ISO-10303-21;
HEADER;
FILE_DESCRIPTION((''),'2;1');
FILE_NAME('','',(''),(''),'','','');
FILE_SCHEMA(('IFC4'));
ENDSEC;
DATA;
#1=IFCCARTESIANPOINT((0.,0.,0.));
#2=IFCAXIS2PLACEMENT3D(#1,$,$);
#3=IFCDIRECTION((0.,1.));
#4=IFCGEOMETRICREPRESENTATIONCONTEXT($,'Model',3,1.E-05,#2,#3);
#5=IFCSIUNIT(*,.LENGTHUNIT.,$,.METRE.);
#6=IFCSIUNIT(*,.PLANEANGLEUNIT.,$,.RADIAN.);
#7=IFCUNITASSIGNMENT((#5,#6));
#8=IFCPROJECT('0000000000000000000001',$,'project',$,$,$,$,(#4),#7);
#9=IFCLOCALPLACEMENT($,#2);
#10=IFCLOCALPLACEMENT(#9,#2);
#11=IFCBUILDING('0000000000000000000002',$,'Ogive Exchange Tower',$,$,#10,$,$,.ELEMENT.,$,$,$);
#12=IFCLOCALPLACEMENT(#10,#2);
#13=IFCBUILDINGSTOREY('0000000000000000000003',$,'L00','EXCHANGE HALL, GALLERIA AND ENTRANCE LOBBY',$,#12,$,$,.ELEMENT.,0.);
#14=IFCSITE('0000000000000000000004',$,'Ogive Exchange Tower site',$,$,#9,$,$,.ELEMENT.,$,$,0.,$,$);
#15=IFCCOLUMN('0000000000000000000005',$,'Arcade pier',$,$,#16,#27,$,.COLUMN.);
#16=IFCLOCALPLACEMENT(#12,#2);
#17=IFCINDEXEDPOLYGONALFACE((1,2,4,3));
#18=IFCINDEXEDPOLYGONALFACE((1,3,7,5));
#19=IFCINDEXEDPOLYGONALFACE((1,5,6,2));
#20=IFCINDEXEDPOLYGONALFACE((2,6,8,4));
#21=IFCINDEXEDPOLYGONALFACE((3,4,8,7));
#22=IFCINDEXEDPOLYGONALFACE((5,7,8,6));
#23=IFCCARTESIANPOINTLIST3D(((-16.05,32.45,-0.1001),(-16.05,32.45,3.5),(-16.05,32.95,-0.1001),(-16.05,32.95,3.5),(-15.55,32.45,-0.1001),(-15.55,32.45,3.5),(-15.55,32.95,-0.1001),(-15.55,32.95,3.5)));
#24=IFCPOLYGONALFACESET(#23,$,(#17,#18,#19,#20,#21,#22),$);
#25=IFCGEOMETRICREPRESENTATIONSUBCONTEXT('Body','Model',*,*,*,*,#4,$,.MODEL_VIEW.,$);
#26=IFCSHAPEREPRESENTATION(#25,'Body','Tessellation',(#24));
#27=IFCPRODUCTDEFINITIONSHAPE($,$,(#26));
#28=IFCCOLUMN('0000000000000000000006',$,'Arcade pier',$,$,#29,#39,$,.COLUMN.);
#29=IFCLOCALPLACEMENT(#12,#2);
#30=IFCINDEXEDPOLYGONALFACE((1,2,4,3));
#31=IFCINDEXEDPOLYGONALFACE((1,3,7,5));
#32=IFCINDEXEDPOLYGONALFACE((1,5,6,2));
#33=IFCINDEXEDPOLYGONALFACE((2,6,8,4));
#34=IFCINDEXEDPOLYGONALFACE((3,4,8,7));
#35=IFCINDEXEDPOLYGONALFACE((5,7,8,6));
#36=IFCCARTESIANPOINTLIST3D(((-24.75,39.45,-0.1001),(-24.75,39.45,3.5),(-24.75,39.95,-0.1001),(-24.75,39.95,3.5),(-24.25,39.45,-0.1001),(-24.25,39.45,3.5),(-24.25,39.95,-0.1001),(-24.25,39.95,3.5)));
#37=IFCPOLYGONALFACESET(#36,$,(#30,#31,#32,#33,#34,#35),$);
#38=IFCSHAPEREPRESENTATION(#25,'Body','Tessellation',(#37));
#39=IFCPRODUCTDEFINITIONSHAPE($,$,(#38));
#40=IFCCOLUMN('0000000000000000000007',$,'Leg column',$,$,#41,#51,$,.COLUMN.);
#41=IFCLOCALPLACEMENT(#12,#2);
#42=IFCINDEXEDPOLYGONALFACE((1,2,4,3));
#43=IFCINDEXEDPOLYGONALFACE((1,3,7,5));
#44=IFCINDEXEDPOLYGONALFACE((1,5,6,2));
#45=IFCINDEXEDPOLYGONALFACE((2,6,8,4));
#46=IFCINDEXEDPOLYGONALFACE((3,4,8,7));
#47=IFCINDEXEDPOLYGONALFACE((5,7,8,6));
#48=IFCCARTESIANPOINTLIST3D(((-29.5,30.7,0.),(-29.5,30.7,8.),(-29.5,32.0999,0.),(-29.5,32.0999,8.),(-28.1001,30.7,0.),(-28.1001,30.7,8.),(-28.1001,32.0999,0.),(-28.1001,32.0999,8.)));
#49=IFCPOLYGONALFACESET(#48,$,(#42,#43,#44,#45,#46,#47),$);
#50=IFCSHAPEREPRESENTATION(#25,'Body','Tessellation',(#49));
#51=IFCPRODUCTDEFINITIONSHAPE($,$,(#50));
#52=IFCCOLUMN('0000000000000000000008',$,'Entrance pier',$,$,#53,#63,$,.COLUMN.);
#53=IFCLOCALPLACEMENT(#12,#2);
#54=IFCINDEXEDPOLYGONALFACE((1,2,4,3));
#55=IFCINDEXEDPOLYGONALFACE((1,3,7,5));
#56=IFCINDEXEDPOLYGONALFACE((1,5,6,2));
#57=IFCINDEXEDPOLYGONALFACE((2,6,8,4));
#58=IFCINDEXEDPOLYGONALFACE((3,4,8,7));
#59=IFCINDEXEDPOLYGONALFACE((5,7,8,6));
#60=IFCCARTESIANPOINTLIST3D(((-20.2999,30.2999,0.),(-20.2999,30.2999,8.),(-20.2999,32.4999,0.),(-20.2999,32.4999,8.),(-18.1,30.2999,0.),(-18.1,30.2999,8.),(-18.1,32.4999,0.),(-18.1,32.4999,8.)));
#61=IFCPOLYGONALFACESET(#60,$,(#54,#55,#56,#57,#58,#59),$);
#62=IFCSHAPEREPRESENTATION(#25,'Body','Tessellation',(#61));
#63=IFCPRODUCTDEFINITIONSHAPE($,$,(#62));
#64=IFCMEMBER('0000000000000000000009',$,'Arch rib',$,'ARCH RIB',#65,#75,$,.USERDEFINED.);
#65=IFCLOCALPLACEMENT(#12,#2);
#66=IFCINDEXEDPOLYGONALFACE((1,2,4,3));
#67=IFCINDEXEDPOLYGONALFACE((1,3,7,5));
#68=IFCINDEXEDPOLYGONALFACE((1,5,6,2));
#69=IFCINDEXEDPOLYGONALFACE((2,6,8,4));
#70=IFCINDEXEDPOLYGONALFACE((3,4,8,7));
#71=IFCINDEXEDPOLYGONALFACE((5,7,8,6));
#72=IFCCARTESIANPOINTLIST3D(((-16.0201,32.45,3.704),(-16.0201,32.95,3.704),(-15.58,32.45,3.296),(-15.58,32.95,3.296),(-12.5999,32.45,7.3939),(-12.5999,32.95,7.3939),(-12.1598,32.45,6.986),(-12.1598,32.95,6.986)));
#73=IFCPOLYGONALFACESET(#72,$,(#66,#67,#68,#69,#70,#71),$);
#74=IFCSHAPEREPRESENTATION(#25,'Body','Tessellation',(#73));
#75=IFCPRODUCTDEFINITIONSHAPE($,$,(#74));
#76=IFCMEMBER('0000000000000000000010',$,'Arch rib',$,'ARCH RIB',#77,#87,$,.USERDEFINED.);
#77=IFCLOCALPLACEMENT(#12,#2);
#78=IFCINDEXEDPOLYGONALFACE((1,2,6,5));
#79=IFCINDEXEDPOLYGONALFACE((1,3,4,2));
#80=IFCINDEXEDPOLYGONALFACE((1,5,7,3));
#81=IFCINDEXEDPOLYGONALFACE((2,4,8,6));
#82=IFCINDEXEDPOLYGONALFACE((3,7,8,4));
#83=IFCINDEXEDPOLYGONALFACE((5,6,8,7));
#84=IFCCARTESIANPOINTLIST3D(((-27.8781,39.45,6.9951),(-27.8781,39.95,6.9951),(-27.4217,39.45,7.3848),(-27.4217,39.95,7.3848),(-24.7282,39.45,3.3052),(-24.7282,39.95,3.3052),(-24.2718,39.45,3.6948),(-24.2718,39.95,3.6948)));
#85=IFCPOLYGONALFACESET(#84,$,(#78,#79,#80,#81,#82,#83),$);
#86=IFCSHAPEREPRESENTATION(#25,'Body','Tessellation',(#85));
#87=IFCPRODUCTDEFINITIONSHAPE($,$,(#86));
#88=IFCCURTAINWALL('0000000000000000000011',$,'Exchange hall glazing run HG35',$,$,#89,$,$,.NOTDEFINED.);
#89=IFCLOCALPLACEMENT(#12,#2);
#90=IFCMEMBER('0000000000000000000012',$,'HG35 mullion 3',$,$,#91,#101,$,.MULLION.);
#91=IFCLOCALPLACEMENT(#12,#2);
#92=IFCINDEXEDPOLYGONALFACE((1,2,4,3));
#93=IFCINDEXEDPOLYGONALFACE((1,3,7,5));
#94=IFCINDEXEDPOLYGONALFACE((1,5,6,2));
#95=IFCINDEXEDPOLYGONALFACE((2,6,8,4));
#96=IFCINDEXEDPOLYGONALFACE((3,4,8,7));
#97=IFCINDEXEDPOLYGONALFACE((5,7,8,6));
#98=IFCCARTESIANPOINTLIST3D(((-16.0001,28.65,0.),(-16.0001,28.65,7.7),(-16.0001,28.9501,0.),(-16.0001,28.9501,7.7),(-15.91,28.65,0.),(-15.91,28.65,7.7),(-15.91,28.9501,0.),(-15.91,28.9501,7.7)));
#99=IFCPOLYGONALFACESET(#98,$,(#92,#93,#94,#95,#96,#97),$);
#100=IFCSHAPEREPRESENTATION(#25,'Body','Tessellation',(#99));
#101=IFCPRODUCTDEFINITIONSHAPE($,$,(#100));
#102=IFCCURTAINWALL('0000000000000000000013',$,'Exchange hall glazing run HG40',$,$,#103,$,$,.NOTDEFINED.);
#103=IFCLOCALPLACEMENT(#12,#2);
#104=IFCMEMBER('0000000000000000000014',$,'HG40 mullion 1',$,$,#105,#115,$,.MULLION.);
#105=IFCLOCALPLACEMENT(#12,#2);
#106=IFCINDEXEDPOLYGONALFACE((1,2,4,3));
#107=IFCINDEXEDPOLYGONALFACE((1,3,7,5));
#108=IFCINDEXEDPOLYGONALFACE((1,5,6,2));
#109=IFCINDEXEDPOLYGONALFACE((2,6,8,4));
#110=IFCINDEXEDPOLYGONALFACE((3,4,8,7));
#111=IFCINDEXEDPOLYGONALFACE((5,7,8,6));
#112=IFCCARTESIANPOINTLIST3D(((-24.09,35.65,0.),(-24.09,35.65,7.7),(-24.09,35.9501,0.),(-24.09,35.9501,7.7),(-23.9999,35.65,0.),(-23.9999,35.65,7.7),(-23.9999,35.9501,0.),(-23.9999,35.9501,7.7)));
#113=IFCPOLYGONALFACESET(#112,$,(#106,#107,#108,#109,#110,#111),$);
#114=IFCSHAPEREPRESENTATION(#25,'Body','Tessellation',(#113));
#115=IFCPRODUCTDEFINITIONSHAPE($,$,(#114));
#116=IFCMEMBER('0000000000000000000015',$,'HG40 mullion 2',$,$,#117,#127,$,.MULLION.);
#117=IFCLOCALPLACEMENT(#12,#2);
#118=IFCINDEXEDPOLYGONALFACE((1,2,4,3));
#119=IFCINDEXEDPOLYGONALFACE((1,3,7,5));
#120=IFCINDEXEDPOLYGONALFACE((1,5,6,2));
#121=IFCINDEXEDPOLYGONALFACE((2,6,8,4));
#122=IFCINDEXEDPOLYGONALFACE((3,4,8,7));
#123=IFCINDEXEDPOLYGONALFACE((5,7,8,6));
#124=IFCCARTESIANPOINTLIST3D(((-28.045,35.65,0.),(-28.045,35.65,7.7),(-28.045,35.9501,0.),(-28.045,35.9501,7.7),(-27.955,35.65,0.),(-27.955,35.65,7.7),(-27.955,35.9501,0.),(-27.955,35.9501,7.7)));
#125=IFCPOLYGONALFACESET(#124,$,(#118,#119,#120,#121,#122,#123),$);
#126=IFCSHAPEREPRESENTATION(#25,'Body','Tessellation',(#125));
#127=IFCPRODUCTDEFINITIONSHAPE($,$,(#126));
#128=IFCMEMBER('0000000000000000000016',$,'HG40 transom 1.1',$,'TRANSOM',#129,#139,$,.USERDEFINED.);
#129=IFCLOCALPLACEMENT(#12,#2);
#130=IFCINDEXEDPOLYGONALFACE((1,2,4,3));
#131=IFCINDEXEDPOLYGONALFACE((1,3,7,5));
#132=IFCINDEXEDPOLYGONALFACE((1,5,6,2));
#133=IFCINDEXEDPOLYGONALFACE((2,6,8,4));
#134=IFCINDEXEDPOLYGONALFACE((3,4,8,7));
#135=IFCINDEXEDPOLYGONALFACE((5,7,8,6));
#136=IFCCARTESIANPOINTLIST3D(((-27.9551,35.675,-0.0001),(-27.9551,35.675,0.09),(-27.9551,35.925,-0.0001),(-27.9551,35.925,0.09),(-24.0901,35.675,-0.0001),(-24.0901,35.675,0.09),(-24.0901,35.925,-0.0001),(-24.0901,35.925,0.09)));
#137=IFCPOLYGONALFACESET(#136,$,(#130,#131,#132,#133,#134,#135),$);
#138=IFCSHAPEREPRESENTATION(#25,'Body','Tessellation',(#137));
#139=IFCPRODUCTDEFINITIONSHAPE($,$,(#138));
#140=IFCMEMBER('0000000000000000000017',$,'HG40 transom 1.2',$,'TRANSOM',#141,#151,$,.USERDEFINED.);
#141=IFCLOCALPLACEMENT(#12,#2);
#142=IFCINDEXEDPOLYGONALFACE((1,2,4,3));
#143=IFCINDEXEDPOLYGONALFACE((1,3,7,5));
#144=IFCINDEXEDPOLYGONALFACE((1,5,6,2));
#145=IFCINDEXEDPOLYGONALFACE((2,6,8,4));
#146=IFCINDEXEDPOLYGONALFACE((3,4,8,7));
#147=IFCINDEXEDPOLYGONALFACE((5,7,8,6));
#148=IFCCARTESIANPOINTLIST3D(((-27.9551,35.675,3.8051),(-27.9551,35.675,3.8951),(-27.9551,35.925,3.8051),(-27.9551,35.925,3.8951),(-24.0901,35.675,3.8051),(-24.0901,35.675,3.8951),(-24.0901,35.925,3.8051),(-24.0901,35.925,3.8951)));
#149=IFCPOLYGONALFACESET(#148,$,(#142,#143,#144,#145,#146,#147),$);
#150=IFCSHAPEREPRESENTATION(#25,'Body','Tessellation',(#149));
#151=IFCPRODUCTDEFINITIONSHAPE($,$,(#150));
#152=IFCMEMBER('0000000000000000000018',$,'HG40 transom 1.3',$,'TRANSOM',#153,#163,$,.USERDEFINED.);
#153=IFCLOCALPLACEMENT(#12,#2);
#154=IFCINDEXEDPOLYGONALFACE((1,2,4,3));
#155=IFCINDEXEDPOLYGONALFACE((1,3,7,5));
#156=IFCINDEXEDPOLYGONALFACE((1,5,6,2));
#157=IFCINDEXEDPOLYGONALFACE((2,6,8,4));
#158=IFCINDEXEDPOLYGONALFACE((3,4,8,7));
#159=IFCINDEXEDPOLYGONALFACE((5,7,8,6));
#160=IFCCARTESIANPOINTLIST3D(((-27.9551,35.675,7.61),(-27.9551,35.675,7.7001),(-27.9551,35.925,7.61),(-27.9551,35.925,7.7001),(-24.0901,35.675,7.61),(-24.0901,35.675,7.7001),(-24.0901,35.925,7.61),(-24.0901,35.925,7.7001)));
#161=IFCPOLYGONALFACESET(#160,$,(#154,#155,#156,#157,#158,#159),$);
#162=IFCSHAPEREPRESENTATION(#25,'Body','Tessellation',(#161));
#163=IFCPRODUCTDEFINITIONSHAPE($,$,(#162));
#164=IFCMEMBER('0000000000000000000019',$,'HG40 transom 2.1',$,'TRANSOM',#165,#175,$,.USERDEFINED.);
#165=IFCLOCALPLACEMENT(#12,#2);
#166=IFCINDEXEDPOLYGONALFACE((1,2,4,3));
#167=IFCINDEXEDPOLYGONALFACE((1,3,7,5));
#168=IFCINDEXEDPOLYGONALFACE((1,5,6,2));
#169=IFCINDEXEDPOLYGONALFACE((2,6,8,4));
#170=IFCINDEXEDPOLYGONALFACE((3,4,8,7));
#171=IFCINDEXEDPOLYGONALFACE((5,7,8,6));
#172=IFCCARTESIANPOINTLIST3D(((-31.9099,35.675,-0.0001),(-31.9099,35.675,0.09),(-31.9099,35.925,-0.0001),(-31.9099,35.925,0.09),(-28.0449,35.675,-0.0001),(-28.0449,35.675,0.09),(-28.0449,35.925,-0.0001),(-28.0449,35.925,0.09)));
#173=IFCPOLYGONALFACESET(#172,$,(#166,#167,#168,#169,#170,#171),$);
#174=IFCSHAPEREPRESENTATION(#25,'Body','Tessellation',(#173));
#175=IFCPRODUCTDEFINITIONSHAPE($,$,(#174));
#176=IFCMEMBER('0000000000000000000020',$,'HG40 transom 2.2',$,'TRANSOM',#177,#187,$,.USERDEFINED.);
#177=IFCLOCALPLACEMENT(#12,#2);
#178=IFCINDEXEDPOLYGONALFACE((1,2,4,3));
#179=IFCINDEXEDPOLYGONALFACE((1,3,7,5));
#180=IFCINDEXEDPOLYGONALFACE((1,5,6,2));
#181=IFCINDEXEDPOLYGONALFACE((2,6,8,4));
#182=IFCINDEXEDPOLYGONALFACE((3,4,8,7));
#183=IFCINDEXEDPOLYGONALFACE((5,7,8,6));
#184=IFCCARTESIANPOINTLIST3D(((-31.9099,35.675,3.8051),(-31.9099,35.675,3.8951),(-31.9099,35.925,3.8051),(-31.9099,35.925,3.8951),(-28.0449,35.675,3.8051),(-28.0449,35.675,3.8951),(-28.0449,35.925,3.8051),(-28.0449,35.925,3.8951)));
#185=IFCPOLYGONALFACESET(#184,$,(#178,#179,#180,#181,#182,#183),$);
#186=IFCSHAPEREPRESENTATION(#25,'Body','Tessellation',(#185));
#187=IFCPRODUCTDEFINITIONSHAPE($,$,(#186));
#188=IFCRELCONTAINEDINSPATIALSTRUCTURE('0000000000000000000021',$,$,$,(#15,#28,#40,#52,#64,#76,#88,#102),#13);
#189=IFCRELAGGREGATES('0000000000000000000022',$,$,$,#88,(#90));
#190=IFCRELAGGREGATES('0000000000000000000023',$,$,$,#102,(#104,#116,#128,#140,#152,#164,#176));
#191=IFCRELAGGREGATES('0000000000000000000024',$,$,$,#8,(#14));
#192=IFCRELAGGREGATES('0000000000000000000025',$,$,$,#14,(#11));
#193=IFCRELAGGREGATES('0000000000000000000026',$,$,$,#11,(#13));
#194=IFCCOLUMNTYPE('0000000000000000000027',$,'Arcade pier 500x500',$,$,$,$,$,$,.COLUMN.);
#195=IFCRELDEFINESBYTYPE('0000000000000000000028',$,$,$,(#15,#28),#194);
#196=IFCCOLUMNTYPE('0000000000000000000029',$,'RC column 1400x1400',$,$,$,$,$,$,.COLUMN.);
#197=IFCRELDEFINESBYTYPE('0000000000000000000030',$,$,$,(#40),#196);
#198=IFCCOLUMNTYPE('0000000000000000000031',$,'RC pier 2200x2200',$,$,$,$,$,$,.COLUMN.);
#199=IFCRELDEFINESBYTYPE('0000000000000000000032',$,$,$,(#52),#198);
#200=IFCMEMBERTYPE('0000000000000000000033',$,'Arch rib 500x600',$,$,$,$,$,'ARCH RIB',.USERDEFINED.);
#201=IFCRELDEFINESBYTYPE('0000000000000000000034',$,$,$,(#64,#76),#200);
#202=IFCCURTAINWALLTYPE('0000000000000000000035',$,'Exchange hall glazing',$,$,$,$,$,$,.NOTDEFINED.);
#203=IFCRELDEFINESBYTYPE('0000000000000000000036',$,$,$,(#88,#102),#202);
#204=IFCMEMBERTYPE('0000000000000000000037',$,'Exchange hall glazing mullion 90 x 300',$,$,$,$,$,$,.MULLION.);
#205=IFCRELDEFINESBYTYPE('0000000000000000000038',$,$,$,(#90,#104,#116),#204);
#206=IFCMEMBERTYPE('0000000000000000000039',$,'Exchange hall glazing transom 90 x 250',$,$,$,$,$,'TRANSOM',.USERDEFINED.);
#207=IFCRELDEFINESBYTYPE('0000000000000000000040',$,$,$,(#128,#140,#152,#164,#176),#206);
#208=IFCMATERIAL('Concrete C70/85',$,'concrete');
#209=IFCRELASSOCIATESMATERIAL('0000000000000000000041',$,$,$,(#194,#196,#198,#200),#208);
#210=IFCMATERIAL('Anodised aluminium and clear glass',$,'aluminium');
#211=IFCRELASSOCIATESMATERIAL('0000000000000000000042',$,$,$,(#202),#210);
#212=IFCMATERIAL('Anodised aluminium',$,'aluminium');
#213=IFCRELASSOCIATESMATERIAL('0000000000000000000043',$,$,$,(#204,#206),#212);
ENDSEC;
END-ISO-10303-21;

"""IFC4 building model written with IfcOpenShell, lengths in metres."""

from ifc_helpers import new_model, si_unit, direction, frame, origin, origin_2d, place, context, subcontext, project, spatial, rectangle, extrude, material, material_profile, profile_set, type_object, element, aggregate, save


model = new_model("IFC4")

# Units and contexts
model_context = context("Model", 3, precision=1e-05, world=origin(), true_north=direction((0.0, 1.0)))
body_context = subcontext(model_context, "Body", "Model", "MODEL_VIEW")
ifc_project = project(units=[si_unit("LENGTHUNIT", "METRE"), si_unit("PLANEANGLEUNIT", "RADIAN")], contexts=[model_context])

# Site, building, storey
site_placement = place(None, origin())
site = spatial("IfcSite", under=ifc_project, at=site_placement, Name="Ogive Exchange Tower site", CompositionType="ELEMENT", RefElevation=0.0)
building_placement = place(site_placement, origin())
building = spatial("IfcBuilding", under=site, at=building_placement, Name="Ogive Exchange Tower", CompositionType="ELEMENT")
storey_placement = place(building_placement, origin())
storey = spatial("IfcBuildingStorey", under=building, at=storey_placement, Name="L00", Description="EXCHANGE HALL, GALLERIA AND ENTRANCE LOBBY", CompositionType="ELEMENT", Elevation=0.0)

# Columns
ifc_material_1 = material(Name="Concrete C70/85", Category="concrete")
ifc_material_profile_1 = material_profile(ifc_material_1, rectangle(XDim=0.5, YDim=0.5, at=origin_2d()), Name="RC 500x500")
ifc_profile_set_1 = profile_set([ifc_material_profile_1], Name="Concrete C70/85")
column_type_1 = type_object("IfcColumnType", Name="Arcade pier 500x500", PredefinedType="COLUMN", material=ifc_profile_set_1)
for number, where, z_axis, x_axis, name in (
    (1, (-15.8, 32.7, -0.1001), (0.0, 0.0, 1.0), (1.0, 0.0, 0.0), "Arcade pier"),
    (2, (-24.5, 39.7, -0.1001), (0.0, 0.0, 1.0), (1.0, 0.0, 0.0), "Arcade pier"),
):
    element("IfcColumn", number, at=place(storey_placement, frame(where, z_axis=z_axis, x_axis=x_axis)), inside=storey, type_object=column_type_1, Name=name, PredefinedType="COLUMN", context=body_context, shape_type="SweptSolid", body=[
        extrude(rectangle(XDim=0.5, YDim=0.5, at=origin_2d()), origin(), (0.0, 0.0, 1.0), 3.6001),
    ])
ifc_material_profile_2 = material_profile(ifc_material_1, rectangle(XDim=1.3999, YDim=1.3999, at=origin_2d()), Name="RC 1400x1400")
ifc_profile_set_2 = profile_set([ifc_material_profile_2], Name="Concrete C70/85")
column_type_2 = type_object("IfcColumnType", Name="RC column 1400x1400", PredefinedType="COLUMN", material=ifc_profile_set_2)
column_1_placement = place(storey_placement, frame((-28.8, 31.3999, 0.0), z_axis=(0.0, 0.0, 1.0), x_axis=(1.0, 0.0, 0.0)))
element("IfcColumn", 3, at=column_1_placement, inside=storey, type_object=column_type_2, Name="Leg column", PredefinedType="COLUMN", context=body_context, shape_type="SweptSolid", body=[
    extrude(rectangle(XDim=1.3999, YDim=1.3999, at=origin_2d()), origin(), (0.0, 0.0, 1.0), 8.0),
])
ifc_material_profile_3 = material_profile(ifc_material_1, rectangle(XDim=2.2, YDim=2.2, at=origin_2d()), Name="RC 2200x2200")
ifc_profile_set_3 = profile_set([ifc_material_profile_3], Name="Concrete C70/85")
column_type_3 = type_object("IfcColumnType", Name="RC pier 2200x2200", PredefinedType="COLUMN", material=ifc_profile_set_3)
column_2_placement = place(storey_placement, frame((-19.2, 31.3999, 0.0), z_axis=(0.0, 0.0, 1.0), x_axis=(1.0, 0.0, 0.0)))
element("IfcColumn", 4, at=column_2_placement, inside=storey, type_object=column_type_3, Name="Entrance pier", PredefinedType="COLUMN", context=body_context, shape_type="SweptSolid", body=[
    extrude(rectangle(XDim=2.2, YDim=2.2, at=origin_2d()), origin(), (0.0, 0.0, 1.0), 8.0),
])

# Members
ifc_material_profile_4 = material_profile(ifc_material_1, rectangle(XDim=0.5, YDim=0.6001, at=origin_2d()), Name="PC 500x600")
ifc_profile_set_4 = profile_set([ifc_material_profile_4], Name="Concrete C70/85")
member_type_1 = type_object("IfcMemberType", Name="Arch rib 500x600", ElementType="ARCH RIB", PredefinedType="USERDEFINED", material=ifc_profile_set_4)
member_1_placement = place(storey_placement, frame((-15.8, 32.7, 3.5), z_axis=(0.679788, 0.0, 0.733408), x_axis=(0.0, 1.0, 0.0)))
element("IfcMember", 5, at=member_1_placement, inside=storey, type_object=member_type_1, Name="Arch rib", ObjectType="ARCH RIB", PredefinedType="USERDEFINED", context=body_context, shape_type="SweptSolid", body=[
    extrude(rectangle(XDim=0.5, YDim=0.6001, at=origin_2d()), origin(), (0.0, 0.0, 1.0), 5.0312),
])
member_2_placement = place(storey_placement, frame((-24.5, 39.7, 3.5), z_axis=(-0.649257, 0.0, 0.760569), x_axis=(0.0, -1.0, 0.0)))
element("IfcMember", 6, at=member_2_placement, inside=storey, type_object=member_type_1, Name="Arch rib", ObjectType="ARCH RIB", PredefinedType="USERDEFINED", context=body_context, shape_type="SweptSolid", body=[
    extrude(rectangle(XDim=0.5, YDim=0.6001, at=origin_2d()), origin(), (0.0, 0.0, 1.0), 4.8516),
])

# Curtain wall, member
ifc_material_2 = material(Name="Anodised aluminium and clear glass", Category="aluminium")
curtain_wall_type = type_object("IfcCurtainWallType", Name="Exchange hall glazing", PredefinedType="NOTDEFINED", material=ifc_material_2)
curtain_wall_1_placement = place(storey_placement, origin())
curtain_wall_1 = element("IfcCurtainWall", 7, at=curtain_wall_1_placement, inside=storey, type_object=curtain_wall_type, Name="Exchange hall glazing run HG35", PredefinedType="NOTDEFINED")
ifc_material_3 = material(Name="Anodised aluminium", Category="aluminium")
ifc_material_profile_5 = material_profile(ifc_material_3, rectangle(XDim=0.3, YDim=0.0901, at=origin_2d()), Name="AL 90x300")
ifc_profile_set_5 = profile_set([ifc_material_profile_5], Name="Anodised aluminium")
member_type_2 = type_object("IfcMemberType", Name="Exchange hall glazing mullion 90 x 300", PredefinedType="MULLION", material=ifc_profile_set_5)
member_3_placement = place(storey_placement, frame((-15.9551, 28.8, 0.0), z_axis=(0.0, 0.0, 1.0), x_axis=(0.0, -1.0, 0.0)))
member_3 = element("IfcMember", 8, at=member_3_placement, type_object=member_type_2, Name="HG35 mullion 3", PredefinedType="MULLION", context=body_context, shape_type="SweptSolid", body=[
    extrude(rectangle(XDim=0.3, YDim=0.0901, at=origin_2d()), origin(), (0.0, 0.0, 1.0), 7.7),
])
aggregate(curtain_wall_1, [member_3])

# Curtain wall, members
curtain_wall_2_placement = place(storey_placement, origin())
curtain_wall_2 = element("IfcCurtainWall", 9, at=curtain_wall_2_placement, inside=storey, type_object=curtain_wall_type, Name="Exchange hall glazing run HG40", PredefinedType="NOTDEFINED")
member_4_placement = place(storey_placement, frame((-24.0449, 35.8, 0.0), z_axis=(0.0, 0.0, 1.0), x_axis=(0.0, -1.0, 0.0)))
member_4 = element("IfcMember", 10, at=member_4_placement, type_object=member_type_2, Name="HG40 mullion 1", PredefinedType="MULLION", context=body_context, shape_type="SweptSolid", body=[
    extrude(rectangle(XDim=0.3, YDim=0.0901, at=origin_2d()), origin(), (0.0, 0.0, 1.0), 7.7),
])
member_5_placement = place(storey_placement, frame((-28.0, 35.8, 0.0), z_axis=(0.0, 0.0, 1.0), x_axis=(0.0, -1.0, 0.0)))
member_5 = element("IfcMember", 11, at=member_5_placement, type_object=member_type_2, Name="HG40 mullion 2", PredefinedType="MULLION", context=body_context, shape_type="SweptSolid", body=[
    extrude(rectangle(XDim=0.3, YDim=0.0901, at=origin_2d()), origin(), (0.0, 0.0, 1.0), 7.7),
])
ifc_material_profile_6 = material_profile(ifc_material_3, rectangle(XDim=0.25, YDim=0.0901, at=origin_2d()), Name="AL 90x250")
ifc_profile_set_6 = profile_set([ifc_material_profile_6], Name="Anodised aluminium")
member_type_3 = type_object("IfcMemberType", Name="Exchange hall glazing transom 90 x 250", ElementType="TRANSOM", PredefinedType="USERDEFINED", material=ifc_profile_set_6)
member_6_placement = place(storey_placement, frame((-24.0901, 35.8, 0.0449), z_axis=(-1.0, 0.0, 0.0), x_axis=(0.0, -1.0, 0.0)))
member_6 = element("IfcMember", 12, at=member_6_placement, type_object=member_type_3, Name="HG40 transom 1.1", ObjectType="TRANSOM", PredefinedType="USERDEFINED", context=body_context, shape_type="SweptSolid", body=[
    extrude(rectangle(XDim=0.25, YDim=0.0901, at=origin_2d()), origin(), (0.0, 0.0, 1.0), 3.865),
])
member_7_placement = place(storey_placement, frame((-24.0901, 35.8, 3.8501), z_axis=(-1.0, 0.0, 0.0), x_axis=(0.0, -1.0, 0.0)))
member_7 = element("IfcMember", 13, at=member_7_placement, type_object=member_type_3, Name="HG40 transom 1.2", ObjectType="TRANSOM", PredefinedType="USERDEFINED", context=body_context, shape_type="SweptSolid", body=[
    extrude(rectangle(XDim=0.25, YDim=0.0901, at=origin_2d()), origin(), (0.0, 0.0, 1.0), 3.865),
])
member_8_placement = place(storey_placement, frame((-24.0901, 35.8, 7.655), z_axis=(-1.0, 0.0, 0.0), x_axis=(0.0, -1.0, 0.0)))
member_8 = element("IfcMember", 14, at=member_8_placement, type_object=member_type_3, Name="HG40 transom 1.3", ObjectType="TRANSOM", PredefinedType="USERDEFINED", context=body_context, shape_type="SweptSolid", body=[
    extrude(rectangle(XDim=0.25, YDim=0.0901, at=origin_2d()), origin(), (0.0, 0.0, 1.0), 3.865),
])
member_9_placement = place(storey_placement, frame((-28.0449, 35.8, 0.0449), z_axis=(-1.0, 0.0, 0.0), x_axis=(0.0, -1.0, 0.0)))
member_9 = element("IfcMember", 15, at=member_9_placement, type_object=member_type_3, Name="HG40 transom 2.1", ObjectType="TRANSOM", PredefinedType="USERDEFINED", context=body_context, shape_type="SweptSolid", body=[
    extrude(rectangle(XDim=0.25, YDim=0.0901, at=origin_2d()), origin(), (0.0, 0.0, 1.0), 3.865),
])
member_10_placement = place(storey_placement, frame((-28.0449, 35.8, 3.8501), z_axis=(-1.0, 0.0, 0.0), x_axis=(0.0, -1.0, 0.0)))
member_10 = element("IfcMember", 16, at=member_10_placement, type_object=member_type_3, Name="HG40 transom 2.2", ObjectType="TRANSOM", PredefinedType="USERDEFINED", context=body_context, shape_type="SweptSolid", body=[
    extrude(rectangle(XDim=0.25, YDim=0.0901, at=origin_2d()), origin(), (0.0, 0.0, 1.0), 3.865),
])

aggregate(curtain_wall_2, [member_4, member_5, member_6, member_7, member_8, member_9, member_10])

save(model, "model.ifc")
